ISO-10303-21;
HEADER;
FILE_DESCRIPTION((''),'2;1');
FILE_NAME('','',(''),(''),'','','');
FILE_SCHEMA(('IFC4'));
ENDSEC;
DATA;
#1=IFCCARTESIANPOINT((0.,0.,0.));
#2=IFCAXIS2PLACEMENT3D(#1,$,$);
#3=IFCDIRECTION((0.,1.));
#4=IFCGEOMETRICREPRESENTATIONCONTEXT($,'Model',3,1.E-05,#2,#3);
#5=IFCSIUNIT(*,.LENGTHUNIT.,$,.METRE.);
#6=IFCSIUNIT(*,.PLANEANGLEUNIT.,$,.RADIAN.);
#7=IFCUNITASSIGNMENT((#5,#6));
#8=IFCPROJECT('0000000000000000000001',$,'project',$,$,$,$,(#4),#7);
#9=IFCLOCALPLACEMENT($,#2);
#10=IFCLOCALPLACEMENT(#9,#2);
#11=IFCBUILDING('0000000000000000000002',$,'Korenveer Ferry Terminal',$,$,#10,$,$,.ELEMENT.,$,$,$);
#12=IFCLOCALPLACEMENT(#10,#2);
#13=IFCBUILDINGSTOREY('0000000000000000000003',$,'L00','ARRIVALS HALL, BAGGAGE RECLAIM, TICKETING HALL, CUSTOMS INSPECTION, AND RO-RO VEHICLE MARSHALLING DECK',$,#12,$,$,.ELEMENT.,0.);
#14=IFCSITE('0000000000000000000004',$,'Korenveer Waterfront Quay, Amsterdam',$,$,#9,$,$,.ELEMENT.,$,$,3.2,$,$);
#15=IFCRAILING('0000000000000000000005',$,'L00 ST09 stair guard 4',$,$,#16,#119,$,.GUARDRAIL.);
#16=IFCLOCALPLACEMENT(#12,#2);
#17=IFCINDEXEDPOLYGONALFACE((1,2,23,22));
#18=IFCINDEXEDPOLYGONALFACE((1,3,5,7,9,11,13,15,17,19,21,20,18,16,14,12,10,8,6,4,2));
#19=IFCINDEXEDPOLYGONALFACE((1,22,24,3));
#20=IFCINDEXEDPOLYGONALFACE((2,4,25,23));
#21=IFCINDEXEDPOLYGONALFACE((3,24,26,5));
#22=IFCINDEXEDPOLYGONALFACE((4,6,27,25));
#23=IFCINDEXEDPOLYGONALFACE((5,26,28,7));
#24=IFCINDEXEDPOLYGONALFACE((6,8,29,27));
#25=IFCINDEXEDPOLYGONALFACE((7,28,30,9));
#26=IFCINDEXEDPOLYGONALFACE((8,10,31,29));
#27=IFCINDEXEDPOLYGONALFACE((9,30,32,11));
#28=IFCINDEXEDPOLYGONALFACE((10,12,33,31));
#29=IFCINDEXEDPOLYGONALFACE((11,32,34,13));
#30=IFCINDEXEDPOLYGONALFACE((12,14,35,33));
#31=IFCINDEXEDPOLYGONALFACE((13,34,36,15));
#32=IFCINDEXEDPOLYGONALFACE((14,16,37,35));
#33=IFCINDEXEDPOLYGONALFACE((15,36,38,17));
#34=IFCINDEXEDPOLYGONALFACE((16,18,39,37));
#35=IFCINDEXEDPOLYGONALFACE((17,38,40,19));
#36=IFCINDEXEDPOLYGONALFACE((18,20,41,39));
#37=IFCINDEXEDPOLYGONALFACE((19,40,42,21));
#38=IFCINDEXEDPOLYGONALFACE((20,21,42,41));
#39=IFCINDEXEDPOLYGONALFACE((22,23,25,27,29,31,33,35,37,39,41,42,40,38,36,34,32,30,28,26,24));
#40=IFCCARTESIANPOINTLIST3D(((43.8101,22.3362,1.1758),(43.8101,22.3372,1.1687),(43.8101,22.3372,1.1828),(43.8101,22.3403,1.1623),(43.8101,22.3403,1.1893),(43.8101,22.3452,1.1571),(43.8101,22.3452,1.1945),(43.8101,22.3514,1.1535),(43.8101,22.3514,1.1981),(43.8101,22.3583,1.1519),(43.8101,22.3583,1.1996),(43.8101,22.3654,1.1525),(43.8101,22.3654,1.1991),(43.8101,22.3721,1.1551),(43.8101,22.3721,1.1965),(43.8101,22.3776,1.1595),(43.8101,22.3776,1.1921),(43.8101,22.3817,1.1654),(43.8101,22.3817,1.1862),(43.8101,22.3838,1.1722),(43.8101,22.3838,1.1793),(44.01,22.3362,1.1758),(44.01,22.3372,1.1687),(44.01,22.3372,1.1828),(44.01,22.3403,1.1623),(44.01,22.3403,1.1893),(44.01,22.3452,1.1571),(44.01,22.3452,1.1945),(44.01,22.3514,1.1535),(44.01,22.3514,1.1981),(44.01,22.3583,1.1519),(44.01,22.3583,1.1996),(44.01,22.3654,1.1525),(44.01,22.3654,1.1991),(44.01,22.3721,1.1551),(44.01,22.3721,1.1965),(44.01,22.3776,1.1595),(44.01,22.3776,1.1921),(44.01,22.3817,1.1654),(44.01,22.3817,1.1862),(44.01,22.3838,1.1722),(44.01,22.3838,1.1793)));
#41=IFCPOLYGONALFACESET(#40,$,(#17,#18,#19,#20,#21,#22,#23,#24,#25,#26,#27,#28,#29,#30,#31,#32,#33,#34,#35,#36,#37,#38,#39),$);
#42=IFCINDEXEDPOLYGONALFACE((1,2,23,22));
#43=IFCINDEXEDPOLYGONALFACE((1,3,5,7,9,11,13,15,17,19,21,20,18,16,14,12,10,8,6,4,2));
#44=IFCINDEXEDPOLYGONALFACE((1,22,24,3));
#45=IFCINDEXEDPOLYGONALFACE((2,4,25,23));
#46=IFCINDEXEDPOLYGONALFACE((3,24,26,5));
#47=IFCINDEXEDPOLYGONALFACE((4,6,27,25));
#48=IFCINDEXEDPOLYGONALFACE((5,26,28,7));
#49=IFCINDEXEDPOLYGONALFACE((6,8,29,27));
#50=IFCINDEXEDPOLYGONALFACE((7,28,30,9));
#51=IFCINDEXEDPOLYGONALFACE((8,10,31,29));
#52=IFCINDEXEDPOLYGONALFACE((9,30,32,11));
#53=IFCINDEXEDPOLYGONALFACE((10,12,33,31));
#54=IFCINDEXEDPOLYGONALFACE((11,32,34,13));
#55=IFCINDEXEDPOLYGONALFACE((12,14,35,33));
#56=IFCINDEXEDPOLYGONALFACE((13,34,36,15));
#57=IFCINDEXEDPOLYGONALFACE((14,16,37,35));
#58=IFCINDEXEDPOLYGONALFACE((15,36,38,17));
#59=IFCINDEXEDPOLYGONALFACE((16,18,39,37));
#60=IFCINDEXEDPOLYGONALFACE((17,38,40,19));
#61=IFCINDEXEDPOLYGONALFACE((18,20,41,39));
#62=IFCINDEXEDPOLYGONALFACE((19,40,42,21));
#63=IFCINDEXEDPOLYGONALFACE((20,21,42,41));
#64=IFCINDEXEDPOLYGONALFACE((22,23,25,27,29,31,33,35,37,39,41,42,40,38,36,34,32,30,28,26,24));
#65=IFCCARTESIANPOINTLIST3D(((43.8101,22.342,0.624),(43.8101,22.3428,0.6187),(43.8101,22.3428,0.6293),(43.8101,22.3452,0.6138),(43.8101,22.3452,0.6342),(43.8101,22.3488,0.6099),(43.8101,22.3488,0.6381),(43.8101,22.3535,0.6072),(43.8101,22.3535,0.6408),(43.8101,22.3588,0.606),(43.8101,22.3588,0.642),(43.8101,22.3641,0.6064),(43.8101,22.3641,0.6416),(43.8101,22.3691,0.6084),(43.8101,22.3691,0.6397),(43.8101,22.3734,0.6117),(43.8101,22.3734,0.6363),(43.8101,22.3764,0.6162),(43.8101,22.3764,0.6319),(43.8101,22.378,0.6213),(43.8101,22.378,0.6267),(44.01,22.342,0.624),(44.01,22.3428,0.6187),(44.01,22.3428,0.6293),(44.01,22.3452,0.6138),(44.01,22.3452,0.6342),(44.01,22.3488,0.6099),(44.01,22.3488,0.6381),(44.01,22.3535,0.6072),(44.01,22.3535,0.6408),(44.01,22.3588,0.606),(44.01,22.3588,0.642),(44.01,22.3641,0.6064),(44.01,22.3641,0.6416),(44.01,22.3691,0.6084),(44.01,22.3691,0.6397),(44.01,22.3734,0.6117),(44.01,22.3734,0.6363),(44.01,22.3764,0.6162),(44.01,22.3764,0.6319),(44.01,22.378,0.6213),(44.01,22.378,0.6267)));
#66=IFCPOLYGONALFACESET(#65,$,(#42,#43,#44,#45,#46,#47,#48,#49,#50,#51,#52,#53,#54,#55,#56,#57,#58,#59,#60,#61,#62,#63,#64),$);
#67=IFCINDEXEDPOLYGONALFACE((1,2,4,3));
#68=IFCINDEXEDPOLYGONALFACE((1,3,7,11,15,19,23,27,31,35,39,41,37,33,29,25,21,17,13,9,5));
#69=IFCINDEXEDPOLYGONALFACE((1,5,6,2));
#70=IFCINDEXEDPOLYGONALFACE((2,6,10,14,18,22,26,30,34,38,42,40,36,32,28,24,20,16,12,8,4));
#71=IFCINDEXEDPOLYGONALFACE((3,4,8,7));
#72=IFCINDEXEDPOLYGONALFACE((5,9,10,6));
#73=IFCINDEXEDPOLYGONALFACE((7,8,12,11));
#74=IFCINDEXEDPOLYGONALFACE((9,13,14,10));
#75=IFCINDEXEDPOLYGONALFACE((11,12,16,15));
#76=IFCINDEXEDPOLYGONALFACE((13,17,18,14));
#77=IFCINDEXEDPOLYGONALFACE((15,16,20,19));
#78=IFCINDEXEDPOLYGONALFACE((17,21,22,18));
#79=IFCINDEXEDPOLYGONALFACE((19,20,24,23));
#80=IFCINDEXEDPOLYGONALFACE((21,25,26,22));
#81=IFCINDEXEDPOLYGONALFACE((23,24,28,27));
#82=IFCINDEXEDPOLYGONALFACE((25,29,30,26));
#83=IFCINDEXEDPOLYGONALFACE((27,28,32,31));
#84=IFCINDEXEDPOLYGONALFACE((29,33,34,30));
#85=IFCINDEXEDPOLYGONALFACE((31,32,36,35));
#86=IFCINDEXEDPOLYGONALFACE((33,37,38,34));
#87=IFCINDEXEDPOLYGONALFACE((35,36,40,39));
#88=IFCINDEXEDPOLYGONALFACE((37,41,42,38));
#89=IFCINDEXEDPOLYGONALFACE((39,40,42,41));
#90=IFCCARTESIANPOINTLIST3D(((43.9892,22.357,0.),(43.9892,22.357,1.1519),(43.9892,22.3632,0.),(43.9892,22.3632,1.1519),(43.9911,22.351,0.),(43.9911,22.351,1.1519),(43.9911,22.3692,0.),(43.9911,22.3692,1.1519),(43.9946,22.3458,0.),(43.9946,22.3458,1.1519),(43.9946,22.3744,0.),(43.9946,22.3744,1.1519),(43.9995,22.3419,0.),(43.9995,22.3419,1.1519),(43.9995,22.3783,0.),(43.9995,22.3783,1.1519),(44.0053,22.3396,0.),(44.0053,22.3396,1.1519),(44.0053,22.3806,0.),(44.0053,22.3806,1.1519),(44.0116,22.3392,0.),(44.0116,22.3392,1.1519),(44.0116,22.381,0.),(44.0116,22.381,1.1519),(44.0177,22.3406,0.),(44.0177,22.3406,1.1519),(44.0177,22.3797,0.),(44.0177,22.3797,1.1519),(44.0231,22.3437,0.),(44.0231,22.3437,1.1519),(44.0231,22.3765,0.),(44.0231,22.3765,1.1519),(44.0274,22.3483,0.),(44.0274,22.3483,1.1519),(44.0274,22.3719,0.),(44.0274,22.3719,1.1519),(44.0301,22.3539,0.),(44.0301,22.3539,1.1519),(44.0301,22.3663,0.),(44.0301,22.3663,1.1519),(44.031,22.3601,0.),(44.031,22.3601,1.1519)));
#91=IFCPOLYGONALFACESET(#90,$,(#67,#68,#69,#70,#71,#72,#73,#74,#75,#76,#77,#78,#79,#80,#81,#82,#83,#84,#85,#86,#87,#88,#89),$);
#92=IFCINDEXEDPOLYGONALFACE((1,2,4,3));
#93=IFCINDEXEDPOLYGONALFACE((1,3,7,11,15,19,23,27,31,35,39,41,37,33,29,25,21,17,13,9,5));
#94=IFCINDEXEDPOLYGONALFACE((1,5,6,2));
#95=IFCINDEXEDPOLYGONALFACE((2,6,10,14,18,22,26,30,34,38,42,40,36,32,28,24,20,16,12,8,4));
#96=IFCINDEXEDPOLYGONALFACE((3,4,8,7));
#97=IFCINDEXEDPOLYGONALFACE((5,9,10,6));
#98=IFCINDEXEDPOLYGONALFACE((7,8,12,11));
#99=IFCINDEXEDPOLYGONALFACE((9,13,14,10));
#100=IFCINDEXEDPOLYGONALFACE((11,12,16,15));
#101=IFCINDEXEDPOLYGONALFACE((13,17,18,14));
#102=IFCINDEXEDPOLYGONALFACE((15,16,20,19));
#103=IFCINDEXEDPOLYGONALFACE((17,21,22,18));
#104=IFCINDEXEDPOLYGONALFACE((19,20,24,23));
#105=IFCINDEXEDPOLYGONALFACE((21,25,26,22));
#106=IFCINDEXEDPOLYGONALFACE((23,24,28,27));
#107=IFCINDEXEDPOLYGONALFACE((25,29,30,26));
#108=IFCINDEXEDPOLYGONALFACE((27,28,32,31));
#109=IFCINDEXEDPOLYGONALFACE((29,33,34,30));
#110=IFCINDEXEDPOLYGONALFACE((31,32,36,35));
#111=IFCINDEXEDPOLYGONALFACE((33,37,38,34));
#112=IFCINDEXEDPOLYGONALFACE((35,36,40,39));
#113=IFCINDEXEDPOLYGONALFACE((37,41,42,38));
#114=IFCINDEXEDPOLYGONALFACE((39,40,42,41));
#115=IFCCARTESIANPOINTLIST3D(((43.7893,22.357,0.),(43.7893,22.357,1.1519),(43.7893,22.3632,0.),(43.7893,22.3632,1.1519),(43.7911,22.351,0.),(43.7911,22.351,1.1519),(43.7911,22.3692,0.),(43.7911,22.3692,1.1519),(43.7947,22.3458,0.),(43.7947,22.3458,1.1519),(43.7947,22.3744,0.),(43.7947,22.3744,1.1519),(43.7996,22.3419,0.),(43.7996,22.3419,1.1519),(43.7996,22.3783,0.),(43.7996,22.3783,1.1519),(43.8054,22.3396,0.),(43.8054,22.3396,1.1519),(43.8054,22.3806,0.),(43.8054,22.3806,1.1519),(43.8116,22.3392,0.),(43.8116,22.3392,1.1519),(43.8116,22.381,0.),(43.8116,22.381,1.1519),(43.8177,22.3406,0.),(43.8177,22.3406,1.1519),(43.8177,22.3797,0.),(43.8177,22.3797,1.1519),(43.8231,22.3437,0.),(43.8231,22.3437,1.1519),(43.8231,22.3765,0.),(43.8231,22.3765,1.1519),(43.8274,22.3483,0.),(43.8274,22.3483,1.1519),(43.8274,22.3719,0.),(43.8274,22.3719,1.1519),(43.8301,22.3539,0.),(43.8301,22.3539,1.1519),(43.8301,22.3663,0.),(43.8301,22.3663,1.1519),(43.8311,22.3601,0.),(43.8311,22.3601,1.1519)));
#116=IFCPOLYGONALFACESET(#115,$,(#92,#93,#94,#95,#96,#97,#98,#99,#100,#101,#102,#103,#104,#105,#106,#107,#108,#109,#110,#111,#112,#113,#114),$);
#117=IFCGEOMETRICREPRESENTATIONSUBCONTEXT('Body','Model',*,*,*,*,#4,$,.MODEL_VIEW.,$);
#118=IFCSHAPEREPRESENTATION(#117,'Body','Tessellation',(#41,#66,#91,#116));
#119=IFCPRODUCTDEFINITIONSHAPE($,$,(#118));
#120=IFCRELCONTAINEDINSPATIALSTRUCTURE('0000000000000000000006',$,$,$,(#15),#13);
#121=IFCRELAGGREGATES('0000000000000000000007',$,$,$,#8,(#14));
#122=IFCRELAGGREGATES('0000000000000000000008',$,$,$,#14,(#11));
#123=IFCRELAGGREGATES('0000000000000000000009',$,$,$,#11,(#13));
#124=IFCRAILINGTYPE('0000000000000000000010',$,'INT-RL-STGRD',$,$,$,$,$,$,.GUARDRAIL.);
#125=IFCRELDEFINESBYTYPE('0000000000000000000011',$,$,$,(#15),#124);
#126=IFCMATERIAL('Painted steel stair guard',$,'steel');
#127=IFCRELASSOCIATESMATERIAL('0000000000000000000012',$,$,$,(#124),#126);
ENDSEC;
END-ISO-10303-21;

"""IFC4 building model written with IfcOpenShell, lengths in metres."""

from ifc_helpers import new_model, si_unit, direction, frame, origin, origin_2d, place, context, subcontext, project, spatial, circle, extrude, material, type_object, element, save


model = new_model("IFC4")

# Units and contexts
model_context = context("Model", 3, precision=1e-05, world=origin(), true_north=direction((0.0, 1.0)))
body_context = subcontext(model_context, "Body", "Model", "MODEL_VIEW")
ifc_project = project(units=[si_unit("LENGTHUNIT", "METRE"), si_unit("PLANEANGLEUNIT", "RADIAN")], contexts=[model_context])

# Site, building, storey
site_placement = place(None, origin())
site = spatial("IfcSite", under=ifc_project, at=site_placement, Name="Korenveer Waterfront Quay, Amsterdam", CompositionType="ELEMENT", RefElevation=3.2)
building_placement = place(site_placement, origin())
building = spatial("IfcBuilding", under=site, at=building_placement, Name="Korenveer Ferry Terminal", CompositionType="ELEMENT")
storey_placement = place(building_placement, origin())
storey = spatial("IfcBuildingStorey", under=building, at=storey_placement, Name="L00", Description="ARRIVALS HALL, BAGGAGE RECLAIM, TICKETING HALL, CUSTOMS INSPECTION, AND RO-RO VEHICLE MARSHALLING DECK", CompositionType="ELEMENT", Elevation=0.0)

# Railing
ifc_material_1 = material(Name="Painted steel stair guard", Category="steel")
railing_type_1 = type_object("IfcRailingType", Name="INT-RL-STGRD", PredefinedType="GUARDRAIL", material=ifc_material_1)
railing_1_placement = place(storey_placement, frame((44.01, 22.3601, 0.0)))
element("IfcRailing", 1, at=railing_1_placement, inside=storey, type_object=railing_type_1, Name="L00 ST09 stair guard 4", PredefinedType="GUARDRAIL", context=body_context, shape_type="SweptSolid", body=[
    extrude(circle(Radius=0.0239, at=origin_2d()), frame((0.0, 0.0, 1.1758), z_axis=(-1.0, 0.0, 0.0), x_axis=(0.0, -1.0, 0.0)), (0.0, 0.0, 1.0), 0.2),
    extrude(circle(Radius=0.0181, at=origin_2d()), frame((0.0, 0.0, 0.624), z_axis=(-1.0, 0.0, 0.0), x_axis=(0.0, -1.0, 0.0)), (0.0, 0.0, 1.0), 0.2),
    extrude(circle(Radius=0.021, at=origin_2d()), origin(), (0.0, 0.0, 1.0), 1.1519),
    extrude(circle(Radius=0.021, at=origin_2d()), frame((-0.2, 0.0, 0.0)), (0.0, 0.0, 1.0), 1.1519),
])

save(model, "model.ifc")
